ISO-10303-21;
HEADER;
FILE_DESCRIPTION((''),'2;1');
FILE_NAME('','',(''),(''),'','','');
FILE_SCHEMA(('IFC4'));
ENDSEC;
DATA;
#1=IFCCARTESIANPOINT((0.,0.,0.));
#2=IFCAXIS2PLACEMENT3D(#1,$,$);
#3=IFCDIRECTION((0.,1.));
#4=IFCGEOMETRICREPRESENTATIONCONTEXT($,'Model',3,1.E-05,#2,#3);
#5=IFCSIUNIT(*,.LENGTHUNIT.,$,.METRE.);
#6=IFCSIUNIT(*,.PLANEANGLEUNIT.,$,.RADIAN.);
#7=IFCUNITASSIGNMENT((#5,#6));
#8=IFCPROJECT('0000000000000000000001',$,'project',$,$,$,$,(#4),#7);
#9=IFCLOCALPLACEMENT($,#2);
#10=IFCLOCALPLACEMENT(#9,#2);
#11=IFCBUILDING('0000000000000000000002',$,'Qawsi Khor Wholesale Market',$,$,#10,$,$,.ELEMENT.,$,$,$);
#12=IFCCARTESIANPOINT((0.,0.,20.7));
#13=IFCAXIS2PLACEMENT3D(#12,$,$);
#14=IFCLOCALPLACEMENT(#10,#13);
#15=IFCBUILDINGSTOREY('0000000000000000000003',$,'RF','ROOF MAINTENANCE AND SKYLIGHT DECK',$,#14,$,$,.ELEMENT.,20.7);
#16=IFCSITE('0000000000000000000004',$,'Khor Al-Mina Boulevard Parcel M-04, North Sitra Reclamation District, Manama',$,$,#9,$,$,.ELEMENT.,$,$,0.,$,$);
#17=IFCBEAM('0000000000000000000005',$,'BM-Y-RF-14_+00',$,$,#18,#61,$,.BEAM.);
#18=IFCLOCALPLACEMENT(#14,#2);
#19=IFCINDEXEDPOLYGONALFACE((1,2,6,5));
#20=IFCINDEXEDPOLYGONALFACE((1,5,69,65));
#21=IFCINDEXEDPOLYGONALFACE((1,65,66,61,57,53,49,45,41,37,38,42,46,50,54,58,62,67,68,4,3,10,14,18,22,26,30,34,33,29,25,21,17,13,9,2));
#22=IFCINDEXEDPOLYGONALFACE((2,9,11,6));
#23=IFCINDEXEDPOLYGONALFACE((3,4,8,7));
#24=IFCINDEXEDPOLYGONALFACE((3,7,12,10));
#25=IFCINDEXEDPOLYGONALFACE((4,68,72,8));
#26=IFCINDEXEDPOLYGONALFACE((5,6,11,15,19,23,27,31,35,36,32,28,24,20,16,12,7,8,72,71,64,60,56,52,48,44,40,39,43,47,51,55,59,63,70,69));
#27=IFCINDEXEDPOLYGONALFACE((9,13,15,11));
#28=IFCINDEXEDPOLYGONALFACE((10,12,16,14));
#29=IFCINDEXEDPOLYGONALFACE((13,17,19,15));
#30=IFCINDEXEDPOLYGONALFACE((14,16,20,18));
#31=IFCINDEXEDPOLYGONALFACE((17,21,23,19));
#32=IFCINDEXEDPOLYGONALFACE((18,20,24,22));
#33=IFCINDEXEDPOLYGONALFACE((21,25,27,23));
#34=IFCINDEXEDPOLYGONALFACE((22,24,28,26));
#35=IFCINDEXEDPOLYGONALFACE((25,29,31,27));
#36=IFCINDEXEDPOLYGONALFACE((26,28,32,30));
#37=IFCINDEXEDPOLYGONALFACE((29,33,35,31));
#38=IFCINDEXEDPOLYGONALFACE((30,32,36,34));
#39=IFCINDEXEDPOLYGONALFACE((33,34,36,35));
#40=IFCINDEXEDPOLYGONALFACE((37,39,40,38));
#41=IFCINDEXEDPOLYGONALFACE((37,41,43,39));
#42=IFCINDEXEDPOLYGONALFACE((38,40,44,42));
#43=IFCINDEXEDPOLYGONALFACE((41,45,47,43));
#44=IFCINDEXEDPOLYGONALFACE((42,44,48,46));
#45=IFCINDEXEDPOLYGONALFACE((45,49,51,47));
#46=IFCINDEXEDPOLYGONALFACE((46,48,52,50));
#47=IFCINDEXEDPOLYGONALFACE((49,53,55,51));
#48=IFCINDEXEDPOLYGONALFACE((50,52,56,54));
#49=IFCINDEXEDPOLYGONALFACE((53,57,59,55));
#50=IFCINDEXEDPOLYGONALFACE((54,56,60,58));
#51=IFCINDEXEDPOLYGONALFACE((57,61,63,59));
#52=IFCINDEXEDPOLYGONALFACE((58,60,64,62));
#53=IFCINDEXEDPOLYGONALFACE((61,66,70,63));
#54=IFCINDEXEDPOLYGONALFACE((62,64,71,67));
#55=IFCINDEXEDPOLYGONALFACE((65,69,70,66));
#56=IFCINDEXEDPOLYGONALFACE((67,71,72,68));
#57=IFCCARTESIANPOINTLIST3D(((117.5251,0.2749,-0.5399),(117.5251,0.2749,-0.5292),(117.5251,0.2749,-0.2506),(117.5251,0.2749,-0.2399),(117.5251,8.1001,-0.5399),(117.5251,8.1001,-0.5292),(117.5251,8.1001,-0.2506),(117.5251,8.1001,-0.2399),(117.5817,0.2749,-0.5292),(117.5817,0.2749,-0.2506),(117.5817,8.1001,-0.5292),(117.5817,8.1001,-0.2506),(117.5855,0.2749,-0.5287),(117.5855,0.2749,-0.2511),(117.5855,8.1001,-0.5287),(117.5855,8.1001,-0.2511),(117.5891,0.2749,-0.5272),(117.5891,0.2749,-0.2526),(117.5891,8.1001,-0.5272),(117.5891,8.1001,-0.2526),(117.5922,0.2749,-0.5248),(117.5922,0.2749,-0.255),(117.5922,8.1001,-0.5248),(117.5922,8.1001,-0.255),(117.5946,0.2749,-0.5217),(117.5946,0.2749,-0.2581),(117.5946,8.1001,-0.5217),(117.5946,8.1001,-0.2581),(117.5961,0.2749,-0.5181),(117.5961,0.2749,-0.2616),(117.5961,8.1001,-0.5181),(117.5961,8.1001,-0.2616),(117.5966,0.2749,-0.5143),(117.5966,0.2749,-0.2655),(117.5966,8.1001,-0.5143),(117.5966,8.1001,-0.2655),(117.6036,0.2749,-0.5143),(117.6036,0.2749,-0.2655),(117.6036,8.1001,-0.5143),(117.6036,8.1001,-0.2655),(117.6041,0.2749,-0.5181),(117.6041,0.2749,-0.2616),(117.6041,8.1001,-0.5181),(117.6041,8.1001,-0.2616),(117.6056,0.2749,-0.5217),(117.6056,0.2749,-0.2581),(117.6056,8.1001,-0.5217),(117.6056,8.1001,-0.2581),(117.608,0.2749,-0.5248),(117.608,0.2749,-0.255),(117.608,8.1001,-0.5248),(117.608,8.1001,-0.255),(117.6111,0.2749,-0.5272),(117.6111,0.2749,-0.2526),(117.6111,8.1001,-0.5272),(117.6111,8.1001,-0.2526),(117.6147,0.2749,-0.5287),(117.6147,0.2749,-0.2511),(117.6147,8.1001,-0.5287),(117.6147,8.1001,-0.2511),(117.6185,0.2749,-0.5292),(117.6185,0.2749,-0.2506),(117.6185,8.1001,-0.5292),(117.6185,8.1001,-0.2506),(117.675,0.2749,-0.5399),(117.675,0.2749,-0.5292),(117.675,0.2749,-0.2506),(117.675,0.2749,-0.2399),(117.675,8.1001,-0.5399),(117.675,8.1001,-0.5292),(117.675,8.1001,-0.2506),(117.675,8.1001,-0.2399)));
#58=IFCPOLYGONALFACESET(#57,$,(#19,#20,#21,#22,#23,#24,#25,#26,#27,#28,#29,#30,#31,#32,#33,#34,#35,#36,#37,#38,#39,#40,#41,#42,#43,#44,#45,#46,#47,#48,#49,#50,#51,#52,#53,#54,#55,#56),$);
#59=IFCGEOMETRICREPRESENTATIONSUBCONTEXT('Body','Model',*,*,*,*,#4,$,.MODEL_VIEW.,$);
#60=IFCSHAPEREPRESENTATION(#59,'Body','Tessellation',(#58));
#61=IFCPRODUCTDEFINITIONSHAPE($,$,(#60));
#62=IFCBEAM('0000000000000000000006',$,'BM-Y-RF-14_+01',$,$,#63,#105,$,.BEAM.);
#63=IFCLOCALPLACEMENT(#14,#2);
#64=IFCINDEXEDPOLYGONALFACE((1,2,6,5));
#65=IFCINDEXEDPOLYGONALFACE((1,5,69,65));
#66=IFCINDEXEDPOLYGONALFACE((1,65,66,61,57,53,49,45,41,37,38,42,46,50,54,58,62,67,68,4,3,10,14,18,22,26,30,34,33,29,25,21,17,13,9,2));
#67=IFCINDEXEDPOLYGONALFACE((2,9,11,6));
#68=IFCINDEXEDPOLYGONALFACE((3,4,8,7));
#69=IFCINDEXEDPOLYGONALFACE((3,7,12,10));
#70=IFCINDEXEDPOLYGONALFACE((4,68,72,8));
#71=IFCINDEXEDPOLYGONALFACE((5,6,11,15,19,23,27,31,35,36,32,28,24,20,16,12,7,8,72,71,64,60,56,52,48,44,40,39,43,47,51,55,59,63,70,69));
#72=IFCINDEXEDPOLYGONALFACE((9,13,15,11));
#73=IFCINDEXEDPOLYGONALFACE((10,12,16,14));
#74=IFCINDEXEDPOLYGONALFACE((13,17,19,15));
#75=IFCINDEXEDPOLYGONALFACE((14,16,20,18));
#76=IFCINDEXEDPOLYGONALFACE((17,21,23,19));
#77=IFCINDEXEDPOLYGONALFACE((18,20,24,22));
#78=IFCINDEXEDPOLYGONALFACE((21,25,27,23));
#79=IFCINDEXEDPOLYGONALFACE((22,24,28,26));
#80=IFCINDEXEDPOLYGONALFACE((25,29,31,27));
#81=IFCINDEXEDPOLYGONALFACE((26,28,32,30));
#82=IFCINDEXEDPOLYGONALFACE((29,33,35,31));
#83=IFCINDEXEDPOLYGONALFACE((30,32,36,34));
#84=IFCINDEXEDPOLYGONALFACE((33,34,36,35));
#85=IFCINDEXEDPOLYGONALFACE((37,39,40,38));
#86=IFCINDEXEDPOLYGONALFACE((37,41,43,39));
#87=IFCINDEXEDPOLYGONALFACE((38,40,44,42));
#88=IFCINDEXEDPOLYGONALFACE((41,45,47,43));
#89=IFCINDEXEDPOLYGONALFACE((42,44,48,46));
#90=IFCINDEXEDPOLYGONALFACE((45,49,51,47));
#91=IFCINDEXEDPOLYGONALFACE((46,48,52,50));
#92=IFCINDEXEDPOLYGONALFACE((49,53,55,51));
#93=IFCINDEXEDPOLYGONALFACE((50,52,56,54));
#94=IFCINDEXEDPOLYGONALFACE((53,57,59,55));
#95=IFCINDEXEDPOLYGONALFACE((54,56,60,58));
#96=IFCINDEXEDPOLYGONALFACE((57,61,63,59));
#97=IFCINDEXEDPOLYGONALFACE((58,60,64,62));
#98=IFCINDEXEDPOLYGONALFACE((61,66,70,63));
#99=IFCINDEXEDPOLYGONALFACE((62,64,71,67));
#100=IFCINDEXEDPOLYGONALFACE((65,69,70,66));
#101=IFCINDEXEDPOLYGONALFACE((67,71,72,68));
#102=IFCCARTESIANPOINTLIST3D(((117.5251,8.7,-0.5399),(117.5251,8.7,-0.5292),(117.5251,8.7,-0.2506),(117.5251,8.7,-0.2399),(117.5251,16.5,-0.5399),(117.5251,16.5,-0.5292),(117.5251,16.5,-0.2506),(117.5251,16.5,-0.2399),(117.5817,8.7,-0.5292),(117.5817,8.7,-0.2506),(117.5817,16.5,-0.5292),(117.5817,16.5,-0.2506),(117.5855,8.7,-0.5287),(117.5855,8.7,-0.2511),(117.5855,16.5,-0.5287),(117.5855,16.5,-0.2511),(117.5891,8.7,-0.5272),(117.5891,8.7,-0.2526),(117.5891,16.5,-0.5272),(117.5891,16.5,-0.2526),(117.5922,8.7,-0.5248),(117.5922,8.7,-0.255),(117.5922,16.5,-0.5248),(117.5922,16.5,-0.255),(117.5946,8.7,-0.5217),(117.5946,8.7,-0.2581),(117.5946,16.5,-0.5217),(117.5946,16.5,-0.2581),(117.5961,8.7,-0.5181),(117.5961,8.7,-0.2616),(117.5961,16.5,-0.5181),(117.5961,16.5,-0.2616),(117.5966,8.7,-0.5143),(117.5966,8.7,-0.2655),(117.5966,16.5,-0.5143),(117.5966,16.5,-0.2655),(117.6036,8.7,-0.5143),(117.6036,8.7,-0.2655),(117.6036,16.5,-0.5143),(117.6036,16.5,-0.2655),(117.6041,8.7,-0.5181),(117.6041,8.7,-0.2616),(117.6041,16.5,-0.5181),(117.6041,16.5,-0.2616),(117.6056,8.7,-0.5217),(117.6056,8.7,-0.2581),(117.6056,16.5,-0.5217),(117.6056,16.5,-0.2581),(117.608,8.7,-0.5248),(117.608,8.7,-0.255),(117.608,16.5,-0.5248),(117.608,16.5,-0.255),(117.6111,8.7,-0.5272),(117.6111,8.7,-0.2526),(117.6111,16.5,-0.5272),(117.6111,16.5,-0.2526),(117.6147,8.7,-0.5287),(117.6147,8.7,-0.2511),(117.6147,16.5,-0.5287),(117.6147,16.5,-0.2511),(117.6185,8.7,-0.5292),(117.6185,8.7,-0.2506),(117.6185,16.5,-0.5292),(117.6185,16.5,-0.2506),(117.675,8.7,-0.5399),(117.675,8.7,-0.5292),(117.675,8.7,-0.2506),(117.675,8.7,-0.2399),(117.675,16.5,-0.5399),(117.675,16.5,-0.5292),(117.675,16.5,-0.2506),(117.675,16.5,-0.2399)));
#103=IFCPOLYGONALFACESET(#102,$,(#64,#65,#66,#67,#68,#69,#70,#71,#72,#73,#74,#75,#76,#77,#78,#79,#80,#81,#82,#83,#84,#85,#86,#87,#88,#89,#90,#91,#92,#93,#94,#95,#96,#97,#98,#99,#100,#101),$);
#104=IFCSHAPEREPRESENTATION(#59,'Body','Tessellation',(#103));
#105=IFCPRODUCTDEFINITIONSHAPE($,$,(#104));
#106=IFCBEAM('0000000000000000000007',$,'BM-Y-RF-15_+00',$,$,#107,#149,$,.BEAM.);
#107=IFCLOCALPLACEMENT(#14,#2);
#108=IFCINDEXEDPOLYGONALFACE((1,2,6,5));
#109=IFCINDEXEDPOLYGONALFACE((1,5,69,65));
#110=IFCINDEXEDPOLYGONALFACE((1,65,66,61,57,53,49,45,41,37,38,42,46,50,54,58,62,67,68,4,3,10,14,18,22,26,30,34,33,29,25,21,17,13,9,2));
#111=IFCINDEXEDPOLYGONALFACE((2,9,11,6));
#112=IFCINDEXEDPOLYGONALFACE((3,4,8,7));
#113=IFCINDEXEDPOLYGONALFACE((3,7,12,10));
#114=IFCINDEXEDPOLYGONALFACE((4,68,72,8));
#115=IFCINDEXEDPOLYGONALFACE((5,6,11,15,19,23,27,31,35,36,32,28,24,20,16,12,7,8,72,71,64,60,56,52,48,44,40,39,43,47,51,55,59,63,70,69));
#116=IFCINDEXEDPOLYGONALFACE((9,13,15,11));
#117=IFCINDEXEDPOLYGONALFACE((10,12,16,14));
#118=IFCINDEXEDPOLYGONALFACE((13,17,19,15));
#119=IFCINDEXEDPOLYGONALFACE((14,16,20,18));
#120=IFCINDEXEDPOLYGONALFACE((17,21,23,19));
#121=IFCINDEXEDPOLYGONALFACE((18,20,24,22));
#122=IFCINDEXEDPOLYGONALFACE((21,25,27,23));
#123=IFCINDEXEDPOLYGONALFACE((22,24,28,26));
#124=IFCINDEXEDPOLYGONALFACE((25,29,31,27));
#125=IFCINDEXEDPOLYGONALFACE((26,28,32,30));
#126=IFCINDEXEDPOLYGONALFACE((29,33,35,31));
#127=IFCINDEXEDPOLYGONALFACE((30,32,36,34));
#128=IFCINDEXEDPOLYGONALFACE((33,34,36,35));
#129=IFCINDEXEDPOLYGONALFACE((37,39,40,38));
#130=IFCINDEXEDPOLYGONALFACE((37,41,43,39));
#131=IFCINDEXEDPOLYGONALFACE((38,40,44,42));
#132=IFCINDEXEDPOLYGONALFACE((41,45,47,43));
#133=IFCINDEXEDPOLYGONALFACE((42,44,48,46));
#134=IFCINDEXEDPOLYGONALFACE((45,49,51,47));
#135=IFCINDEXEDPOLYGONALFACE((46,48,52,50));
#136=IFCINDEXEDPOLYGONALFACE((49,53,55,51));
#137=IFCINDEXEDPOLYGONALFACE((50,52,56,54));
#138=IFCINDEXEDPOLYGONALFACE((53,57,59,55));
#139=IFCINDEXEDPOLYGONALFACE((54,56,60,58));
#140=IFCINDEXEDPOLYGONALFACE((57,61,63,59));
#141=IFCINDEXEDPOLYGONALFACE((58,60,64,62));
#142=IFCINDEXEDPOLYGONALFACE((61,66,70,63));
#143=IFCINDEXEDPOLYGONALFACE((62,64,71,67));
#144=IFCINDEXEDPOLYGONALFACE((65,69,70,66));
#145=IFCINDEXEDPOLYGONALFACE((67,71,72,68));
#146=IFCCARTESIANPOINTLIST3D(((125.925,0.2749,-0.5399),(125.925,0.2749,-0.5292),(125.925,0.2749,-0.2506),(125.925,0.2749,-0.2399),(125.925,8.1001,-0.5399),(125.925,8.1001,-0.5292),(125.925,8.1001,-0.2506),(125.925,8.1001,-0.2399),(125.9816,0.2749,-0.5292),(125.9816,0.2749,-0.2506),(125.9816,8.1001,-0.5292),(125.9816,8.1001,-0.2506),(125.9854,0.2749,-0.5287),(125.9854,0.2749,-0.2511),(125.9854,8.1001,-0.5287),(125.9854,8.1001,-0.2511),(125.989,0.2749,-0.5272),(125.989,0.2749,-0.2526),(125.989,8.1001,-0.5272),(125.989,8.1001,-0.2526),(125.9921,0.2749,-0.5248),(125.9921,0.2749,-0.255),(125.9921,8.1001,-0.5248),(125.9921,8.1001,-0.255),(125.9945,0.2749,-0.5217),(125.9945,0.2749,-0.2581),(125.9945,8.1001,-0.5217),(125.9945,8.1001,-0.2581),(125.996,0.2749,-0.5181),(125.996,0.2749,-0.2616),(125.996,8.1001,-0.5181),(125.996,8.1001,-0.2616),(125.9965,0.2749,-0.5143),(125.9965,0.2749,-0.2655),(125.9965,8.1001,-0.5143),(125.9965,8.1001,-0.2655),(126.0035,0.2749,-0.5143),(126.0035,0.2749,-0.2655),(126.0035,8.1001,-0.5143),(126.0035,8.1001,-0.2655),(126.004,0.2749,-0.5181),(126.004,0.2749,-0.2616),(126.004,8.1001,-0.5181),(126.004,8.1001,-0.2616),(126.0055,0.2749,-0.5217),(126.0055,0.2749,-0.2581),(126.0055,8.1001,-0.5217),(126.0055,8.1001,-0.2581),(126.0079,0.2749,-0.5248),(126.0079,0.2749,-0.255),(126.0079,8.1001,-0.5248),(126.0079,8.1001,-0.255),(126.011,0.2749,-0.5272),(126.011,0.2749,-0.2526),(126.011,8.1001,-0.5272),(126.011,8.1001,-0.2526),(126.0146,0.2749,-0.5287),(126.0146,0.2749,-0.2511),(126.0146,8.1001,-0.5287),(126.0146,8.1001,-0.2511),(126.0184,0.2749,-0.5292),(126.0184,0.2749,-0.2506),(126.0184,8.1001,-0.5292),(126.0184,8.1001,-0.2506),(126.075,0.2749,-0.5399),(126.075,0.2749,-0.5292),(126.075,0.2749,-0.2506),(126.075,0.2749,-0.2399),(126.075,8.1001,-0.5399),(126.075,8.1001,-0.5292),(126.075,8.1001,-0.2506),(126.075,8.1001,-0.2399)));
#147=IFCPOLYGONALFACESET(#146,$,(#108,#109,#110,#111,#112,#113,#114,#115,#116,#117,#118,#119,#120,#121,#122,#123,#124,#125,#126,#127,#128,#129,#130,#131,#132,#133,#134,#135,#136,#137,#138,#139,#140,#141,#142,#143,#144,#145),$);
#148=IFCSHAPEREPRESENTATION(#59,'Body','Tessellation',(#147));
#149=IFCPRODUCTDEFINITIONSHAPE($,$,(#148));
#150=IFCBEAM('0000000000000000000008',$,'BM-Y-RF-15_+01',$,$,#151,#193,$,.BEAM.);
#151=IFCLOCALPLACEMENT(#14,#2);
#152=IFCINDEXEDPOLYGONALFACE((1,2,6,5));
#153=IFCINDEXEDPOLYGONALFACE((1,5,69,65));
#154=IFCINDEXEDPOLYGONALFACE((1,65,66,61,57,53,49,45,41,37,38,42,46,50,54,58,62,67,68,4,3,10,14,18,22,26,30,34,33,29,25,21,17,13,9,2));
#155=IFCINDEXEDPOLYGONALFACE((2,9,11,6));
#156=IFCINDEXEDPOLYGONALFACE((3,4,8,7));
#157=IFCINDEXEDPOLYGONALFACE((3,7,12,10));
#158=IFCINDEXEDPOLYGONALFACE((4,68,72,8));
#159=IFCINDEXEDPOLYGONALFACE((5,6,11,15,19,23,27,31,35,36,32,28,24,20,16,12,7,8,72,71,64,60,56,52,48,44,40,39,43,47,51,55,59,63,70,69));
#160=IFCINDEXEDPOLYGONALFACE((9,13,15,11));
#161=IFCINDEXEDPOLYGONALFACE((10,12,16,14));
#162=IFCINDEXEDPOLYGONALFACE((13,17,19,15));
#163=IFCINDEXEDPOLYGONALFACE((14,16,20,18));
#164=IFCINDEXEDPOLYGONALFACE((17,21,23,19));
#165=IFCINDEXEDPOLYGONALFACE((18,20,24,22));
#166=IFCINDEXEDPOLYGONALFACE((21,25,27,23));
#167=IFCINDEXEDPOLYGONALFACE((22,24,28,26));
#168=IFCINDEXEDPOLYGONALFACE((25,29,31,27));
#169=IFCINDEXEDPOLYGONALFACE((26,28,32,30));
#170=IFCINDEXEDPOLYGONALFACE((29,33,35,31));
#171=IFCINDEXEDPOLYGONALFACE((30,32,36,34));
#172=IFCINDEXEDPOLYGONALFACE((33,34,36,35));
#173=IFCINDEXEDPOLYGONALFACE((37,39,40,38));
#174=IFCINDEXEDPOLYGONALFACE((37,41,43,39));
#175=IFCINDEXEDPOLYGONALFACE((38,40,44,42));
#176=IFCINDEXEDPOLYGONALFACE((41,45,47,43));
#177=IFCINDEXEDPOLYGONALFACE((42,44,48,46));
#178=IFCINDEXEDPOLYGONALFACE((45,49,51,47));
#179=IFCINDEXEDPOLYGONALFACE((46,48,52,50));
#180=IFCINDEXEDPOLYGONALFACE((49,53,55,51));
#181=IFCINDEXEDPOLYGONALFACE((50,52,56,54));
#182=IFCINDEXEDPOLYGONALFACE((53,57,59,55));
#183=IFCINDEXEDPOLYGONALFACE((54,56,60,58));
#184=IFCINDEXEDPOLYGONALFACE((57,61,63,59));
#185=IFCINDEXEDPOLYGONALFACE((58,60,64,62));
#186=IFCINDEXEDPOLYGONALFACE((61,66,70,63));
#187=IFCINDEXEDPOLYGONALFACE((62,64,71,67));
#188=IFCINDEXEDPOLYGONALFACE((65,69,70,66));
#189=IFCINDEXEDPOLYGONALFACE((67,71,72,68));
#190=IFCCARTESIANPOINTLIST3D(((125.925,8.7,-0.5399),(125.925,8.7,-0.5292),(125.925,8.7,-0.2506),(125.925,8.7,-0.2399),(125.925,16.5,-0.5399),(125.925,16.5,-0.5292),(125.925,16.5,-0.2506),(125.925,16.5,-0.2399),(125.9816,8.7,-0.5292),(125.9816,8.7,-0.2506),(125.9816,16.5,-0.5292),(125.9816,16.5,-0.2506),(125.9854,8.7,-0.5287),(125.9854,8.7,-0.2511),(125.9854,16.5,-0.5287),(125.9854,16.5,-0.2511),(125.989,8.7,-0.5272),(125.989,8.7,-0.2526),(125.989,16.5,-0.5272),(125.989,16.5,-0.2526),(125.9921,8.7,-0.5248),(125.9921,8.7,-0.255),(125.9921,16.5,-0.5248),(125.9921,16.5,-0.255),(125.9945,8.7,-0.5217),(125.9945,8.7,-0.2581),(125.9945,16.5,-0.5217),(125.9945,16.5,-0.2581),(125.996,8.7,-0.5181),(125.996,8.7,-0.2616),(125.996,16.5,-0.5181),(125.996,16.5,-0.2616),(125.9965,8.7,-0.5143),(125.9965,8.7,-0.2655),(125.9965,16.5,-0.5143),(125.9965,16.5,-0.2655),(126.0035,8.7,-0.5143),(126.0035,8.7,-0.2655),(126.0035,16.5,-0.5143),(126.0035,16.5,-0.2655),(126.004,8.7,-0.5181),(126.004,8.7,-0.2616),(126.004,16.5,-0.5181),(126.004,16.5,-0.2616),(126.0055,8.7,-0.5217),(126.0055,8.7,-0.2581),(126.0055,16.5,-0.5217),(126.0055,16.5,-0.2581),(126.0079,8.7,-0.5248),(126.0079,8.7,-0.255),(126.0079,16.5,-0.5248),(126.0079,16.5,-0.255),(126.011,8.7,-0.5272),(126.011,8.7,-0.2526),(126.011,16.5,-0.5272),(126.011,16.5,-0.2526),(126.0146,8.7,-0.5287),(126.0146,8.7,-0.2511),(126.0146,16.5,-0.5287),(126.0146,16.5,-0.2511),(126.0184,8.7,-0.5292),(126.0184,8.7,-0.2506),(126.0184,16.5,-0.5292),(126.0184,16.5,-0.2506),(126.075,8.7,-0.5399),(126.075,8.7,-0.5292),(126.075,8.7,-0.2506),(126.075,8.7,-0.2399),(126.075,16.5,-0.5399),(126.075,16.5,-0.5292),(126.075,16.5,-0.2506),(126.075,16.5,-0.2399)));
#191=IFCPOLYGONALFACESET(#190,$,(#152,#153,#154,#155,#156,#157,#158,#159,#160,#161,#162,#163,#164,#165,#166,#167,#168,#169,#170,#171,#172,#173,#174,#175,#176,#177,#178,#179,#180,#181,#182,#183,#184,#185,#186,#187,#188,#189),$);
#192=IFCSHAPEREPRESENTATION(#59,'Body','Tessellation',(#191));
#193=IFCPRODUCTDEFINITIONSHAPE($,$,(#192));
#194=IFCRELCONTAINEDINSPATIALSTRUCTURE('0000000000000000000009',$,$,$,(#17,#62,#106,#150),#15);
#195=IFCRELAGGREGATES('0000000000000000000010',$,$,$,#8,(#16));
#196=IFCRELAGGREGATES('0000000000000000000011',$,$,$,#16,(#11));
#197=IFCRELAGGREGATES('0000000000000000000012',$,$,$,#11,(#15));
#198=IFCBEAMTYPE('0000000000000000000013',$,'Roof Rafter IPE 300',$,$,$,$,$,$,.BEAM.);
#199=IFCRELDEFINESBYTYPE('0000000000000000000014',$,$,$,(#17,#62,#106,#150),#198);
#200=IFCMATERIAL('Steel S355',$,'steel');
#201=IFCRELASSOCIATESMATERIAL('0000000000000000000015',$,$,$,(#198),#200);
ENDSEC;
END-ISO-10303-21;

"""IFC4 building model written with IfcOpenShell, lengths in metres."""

from ifc_helpers import new_model, si_unit, direction, frame, origin, origin_2d, place, context, subcontext, project, spatial, i_section, extrude, material, material_profile, profile_set, type_object, element, save


model = new_model("IFC4")

# Units and contexts
model_context = context("Model", 3, precision=1e-05, world=origin(), true_north=direction((0.0, 1.0)))
body_context = subcontext(model_context, "Body", "Model", "MODEL_VIEW")
ifc_project = project(units=[si_unit("LENGTHUNIT", "METRE"), si_unit("PLANEANGLEUNIT", "RADIAN")], contexts=[model_context])

# Site, building, storey
site_placement = place(None, origin())
site = spatial("IfcSite", under=ifc_project, at=site_placement, Name="Khor Al-Mina Boulevard Parcel M-04, North Sitra Reclamation District, Manama", CompositionType="ELEMENT", RefElevation=0.0)
building_placement = place(site_placement, origin())
building = spatial("IfcBuilding", under=site, at=building_placement, Name="Qawsi Khor Wholesale Market", CompositionType="ELEMENT")
storey_placement = place(building_placement, frame((0.0, 0.0, 20.7)))
storey = spatial("IfcBuildingStorey", under=building, at=storey_placement, Name="RF", Description="ROOF MAINTENANCE AND SKYLIGHT DECK", CompositionType="ELEMENT", Elevation=20.7)

# Beams
ifc_material_1 = material(Name="Steel S355", Category="steel")
ifc_material_profile_1 = material_profile(ifc_material_1, i_section(OverallWidth=0.1499, OverallDepth=0.3, WebThickness=0.0071, FlangeThickness=0.0107, FilletRadius=0.0149, at=origin_2d()), Name="IPE 300")
ifc_profile_set_1 = profile_set([ifc_material_profile_1], Name="Steel S355")
beam_type_1 = type_object("IfcBeamType", Name="Roof Rafter IPE 300", PredefinedType="BEAM", material=ifc_profile_set_1)
beam_1_placement = place(storey_placement, frame((117.6001, 0.2749, -0.3899), z_axis=(0.0, 1.0, 0.0), x_axis=(-1.0, 0.0, 0.0)))
element("IfcBeam", 1, at=beam_1_placement, inside=storey, type_object=beam_type_1, Name="BM-Y-RF-14_+00", PredefinedType="BEAM", context=body_context, shape_type="SweptSolid", body=[
    extrude(i_section(OverallWidth=0.1499, OverallDepth=0.3, WebThickness=0.0071, FlangeThickness=0.0107, FilletRadius=0.0149, at=origin_2d()), origin(), (0.0, 0.0, 1.0), 7.8252),
])
beam_2_placement = place(storey_placement, frame((117.6001, 8.7, -0.3899), z_axis=(0.0, 1.0, 0.0), x_axis=(-1.0, 0.0, 0.0)))
element("IfcBeam", 2, at=beam_2_placement, inside=storey, type_object=beam_type_1, Name="BM-Y-RF-14_+01", PredefinedType="BEAM", context=body_context, shape_type="SweptSolid", body=[
    extrude(i_section(OverallWidth=0.1499, OverallDepth=0.3, WebThickness=0.0071, FlangeThickness=0.0107, FilletRadius=0.0149, at=origin_2d()), origin(), (0.0, 0.0, 1.0), 7.8),
])
beam_3_placement = place(storey_placement, frame((126.0, 0.2749, -0.3899), z_axis=(0.0, 1.0, 0.0), x_axis=(-1.0, 0.0, 0.0)))
element("IfcBeam", 3, at=beam_3_placement, inside=storey, type_object=beam_type_1, Name="BM-Y-RF-15_+00", PredefinedType="BEAM", context=body_context, shape_type="SweptSolid", body=[
    extrude(i_section(OverallWidth=0.1499, OverallDepth=0.3, WebThickness=0.0071, FlangeThickness=0.0107, FilletRadius=0.0149, at=origin_2d()), origin(), (0.0, 0.0, 1.0), 7.8252),
])
beam_4_placement = place(storey_placement, frame((126.0, 8.7, -0.3899), z_axis=(0.0, 1.0, 0.0), x_axis=(-1.0, 0.0, 0.0)))
element("IfcBeam", 4, at=beam_4_placement, inside=storey, type_object=beam_type_1, Name="BM-Y-RF-15_+01", PredefinedType="BEAM", context=body_context, shape_type="SweptSolid", body=[
    extrude(i_section(OverallWidth=0.1499, OverallDepth=0.3, WebThickness=0.0071, FlangeThickness=0.0107, FilletRadius=0.0149, at=origin_2d()), origin(), (0.0, 0.0, 1.0), 7.8),
])

save(model, "model.ifc")
